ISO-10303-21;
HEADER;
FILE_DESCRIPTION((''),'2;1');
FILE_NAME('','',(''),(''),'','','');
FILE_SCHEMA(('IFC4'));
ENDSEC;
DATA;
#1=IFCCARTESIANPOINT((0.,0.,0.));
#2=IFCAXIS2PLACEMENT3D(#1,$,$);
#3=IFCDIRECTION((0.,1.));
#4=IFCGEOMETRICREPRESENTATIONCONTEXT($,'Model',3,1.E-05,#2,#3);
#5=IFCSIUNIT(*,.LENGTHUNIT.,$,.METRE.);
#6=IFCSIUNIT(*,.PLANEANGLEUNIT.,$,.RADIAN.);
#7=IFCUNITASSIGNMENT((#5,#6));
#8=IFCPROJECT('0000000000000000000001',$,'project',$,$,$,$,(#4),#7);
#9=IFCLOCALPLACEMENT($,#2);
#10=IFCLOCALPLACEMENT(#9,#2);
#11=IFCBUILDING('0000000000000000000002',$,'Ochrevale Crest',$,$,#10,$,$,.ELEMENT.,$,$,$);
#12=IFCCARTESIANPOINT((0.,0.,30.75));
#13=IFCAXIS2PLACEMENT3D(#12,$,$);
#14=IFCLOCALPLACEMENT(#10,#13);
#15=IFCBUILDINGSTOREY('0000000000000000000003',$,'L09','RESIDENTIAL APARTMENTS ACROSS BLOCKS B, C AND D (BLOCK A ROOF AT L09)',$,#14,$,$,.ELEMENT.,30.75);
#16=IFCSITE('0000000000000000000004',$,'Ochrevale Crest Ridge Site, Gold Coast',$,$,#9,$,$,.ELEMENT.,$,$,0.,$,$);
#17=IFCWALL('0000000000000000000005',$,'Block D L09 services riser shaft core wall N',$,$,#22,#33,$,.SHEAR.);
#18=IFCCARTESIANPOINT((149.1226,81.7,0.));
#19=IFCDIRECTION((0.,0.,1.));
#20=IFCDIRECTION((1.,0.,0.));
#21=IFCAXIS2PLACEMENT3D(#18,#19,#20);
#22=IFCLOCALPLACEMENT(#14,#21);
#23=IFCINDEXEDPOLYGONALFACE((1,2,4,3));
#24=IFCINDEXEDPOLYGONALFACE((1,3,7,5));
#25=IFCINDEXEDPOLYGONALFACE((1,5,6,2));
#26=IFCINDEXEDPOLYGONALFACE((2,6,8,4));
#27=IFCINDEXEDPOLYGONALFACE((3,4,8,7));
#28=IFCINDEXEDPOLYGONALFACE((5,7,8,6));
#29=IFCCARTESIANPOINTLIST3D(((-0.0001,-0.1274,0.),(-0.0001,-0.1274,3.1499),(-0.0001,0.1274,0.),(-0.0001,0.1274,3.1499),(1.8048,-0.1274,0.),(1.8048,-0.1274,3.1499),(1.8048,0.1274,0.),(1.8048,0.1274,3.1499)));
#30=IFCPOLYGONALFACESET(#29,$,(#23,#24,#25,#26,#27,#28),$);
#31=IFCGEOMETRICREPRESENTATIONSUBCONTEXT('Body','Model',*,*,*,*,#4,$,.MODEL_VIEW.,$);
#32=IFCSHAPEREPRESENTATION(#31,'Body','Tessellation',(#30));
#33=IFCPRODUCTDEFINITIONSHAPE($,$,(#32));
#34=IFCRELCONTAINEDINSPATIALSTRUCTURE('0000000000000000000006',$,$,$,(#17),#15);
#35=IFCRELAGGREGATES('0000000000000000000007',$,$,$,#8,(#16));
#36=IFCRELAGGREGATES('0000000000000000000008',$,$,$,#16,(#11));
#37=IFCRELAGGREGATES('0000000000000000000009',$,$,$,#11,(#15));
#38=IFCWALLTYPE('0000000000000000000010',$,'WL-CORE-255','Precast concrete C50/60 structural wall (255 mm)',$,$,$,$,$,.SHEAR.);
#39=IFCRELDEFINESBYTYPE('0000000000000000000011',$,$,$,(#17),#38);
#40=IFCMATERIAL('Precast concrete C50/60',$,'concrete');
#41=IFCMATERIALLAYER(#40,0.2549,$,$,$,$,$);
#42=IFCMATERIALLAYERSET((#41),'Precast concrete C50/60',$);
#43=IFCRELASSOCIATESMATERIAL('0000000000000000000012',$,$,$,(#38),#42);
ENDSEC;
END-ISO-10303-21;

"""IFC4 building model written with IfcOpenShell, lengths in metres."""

from ifc_helpers import new_model, si_unit, direction, frame, frame_2d, origin, place, context, subcontext, project, spatial, rectangle, extrude, material, layer, layer_set, type_object, element, save


model = new_model("IFC4")

# Units and contexts
model_context = context("Model", 3, precision=1e-05, world=origin(), true_north=direction((0.0, 1.0)))
body_context = subcontext(model_context, "Body", "Model", "MODEL_VIEW")
ifc_project = project(units=[si_unit("LENGTHUNIT", "METRE"), si_unit("PLANEANGLEUNIT", "RADIAN")], contexts=[model_context])

# Site, building, storey
site_placement = place(None, origin())
site = spatial("IfcSite", under=ifc_project, at=site_placement, Name="Ochrevale Crest Ridge Site, Gold Coast", CompositionType="ELEMENT", RefElevation=0.0)
building_placement = place(site_placement, origin())
building = spatial("IfcBuilding", under=site, at=building_placement, Name="Ochrevale Crest", CompositionType="ELEMENT")
storey_placement = place(building_placement, frame((0.0, 0.0, 30.75)))
storey = spatial("IfcBuildingStorey", under=building, at=storey_placement, Name="L09", Description="RESIDENTIAL APARTMENTS ACROSS BLOCKS B, C AND D (BLOCK A ROOF AT L09)", CompositionType="ELEMENT", Elevation=30.75)

# Shared definitions
ifc_material_1 = material(Name="Precast concrete C50/60", Category="concrete")

# Shared definitions
ifc_layer_1 = layer(ifc_material_1, 0.2549)
ifc_layer_set_1 = layer_set([ifc_layer_1], Name="Precast concrete C50/60")
wall_type_1 = type_object("IfcWallType", Name="WL-CORE-255", Description="Precast concrete C50/60 structural wall (255 mm)", PredefinedType="SHEAR", material=ifc_layer_set_1)

# Wall
wall_1_placement = place(storey_placement, frame((149.1226, 81.7, 0.0), z_axis=(0.0, 0.0, 1.0), x_axis=(1.0, 0.0, 0.0)))
element("IfcWall", 1, at=wall_1_placement, inside=storey, type_object=wall_type_1, Name="Block D L09 services riser shaft core wall N", PredefinedType="SHEAR", context=body_context, shape_type="SweptSolid", body=[
    extrude(rectangle(XDim=1.8049, YDim=0.2549, at=frame_2d((0.9023, 0.0))), origin(), (0.0, 0.0, 1.0), 3.1499),
])

save(model, "model.ifc")
